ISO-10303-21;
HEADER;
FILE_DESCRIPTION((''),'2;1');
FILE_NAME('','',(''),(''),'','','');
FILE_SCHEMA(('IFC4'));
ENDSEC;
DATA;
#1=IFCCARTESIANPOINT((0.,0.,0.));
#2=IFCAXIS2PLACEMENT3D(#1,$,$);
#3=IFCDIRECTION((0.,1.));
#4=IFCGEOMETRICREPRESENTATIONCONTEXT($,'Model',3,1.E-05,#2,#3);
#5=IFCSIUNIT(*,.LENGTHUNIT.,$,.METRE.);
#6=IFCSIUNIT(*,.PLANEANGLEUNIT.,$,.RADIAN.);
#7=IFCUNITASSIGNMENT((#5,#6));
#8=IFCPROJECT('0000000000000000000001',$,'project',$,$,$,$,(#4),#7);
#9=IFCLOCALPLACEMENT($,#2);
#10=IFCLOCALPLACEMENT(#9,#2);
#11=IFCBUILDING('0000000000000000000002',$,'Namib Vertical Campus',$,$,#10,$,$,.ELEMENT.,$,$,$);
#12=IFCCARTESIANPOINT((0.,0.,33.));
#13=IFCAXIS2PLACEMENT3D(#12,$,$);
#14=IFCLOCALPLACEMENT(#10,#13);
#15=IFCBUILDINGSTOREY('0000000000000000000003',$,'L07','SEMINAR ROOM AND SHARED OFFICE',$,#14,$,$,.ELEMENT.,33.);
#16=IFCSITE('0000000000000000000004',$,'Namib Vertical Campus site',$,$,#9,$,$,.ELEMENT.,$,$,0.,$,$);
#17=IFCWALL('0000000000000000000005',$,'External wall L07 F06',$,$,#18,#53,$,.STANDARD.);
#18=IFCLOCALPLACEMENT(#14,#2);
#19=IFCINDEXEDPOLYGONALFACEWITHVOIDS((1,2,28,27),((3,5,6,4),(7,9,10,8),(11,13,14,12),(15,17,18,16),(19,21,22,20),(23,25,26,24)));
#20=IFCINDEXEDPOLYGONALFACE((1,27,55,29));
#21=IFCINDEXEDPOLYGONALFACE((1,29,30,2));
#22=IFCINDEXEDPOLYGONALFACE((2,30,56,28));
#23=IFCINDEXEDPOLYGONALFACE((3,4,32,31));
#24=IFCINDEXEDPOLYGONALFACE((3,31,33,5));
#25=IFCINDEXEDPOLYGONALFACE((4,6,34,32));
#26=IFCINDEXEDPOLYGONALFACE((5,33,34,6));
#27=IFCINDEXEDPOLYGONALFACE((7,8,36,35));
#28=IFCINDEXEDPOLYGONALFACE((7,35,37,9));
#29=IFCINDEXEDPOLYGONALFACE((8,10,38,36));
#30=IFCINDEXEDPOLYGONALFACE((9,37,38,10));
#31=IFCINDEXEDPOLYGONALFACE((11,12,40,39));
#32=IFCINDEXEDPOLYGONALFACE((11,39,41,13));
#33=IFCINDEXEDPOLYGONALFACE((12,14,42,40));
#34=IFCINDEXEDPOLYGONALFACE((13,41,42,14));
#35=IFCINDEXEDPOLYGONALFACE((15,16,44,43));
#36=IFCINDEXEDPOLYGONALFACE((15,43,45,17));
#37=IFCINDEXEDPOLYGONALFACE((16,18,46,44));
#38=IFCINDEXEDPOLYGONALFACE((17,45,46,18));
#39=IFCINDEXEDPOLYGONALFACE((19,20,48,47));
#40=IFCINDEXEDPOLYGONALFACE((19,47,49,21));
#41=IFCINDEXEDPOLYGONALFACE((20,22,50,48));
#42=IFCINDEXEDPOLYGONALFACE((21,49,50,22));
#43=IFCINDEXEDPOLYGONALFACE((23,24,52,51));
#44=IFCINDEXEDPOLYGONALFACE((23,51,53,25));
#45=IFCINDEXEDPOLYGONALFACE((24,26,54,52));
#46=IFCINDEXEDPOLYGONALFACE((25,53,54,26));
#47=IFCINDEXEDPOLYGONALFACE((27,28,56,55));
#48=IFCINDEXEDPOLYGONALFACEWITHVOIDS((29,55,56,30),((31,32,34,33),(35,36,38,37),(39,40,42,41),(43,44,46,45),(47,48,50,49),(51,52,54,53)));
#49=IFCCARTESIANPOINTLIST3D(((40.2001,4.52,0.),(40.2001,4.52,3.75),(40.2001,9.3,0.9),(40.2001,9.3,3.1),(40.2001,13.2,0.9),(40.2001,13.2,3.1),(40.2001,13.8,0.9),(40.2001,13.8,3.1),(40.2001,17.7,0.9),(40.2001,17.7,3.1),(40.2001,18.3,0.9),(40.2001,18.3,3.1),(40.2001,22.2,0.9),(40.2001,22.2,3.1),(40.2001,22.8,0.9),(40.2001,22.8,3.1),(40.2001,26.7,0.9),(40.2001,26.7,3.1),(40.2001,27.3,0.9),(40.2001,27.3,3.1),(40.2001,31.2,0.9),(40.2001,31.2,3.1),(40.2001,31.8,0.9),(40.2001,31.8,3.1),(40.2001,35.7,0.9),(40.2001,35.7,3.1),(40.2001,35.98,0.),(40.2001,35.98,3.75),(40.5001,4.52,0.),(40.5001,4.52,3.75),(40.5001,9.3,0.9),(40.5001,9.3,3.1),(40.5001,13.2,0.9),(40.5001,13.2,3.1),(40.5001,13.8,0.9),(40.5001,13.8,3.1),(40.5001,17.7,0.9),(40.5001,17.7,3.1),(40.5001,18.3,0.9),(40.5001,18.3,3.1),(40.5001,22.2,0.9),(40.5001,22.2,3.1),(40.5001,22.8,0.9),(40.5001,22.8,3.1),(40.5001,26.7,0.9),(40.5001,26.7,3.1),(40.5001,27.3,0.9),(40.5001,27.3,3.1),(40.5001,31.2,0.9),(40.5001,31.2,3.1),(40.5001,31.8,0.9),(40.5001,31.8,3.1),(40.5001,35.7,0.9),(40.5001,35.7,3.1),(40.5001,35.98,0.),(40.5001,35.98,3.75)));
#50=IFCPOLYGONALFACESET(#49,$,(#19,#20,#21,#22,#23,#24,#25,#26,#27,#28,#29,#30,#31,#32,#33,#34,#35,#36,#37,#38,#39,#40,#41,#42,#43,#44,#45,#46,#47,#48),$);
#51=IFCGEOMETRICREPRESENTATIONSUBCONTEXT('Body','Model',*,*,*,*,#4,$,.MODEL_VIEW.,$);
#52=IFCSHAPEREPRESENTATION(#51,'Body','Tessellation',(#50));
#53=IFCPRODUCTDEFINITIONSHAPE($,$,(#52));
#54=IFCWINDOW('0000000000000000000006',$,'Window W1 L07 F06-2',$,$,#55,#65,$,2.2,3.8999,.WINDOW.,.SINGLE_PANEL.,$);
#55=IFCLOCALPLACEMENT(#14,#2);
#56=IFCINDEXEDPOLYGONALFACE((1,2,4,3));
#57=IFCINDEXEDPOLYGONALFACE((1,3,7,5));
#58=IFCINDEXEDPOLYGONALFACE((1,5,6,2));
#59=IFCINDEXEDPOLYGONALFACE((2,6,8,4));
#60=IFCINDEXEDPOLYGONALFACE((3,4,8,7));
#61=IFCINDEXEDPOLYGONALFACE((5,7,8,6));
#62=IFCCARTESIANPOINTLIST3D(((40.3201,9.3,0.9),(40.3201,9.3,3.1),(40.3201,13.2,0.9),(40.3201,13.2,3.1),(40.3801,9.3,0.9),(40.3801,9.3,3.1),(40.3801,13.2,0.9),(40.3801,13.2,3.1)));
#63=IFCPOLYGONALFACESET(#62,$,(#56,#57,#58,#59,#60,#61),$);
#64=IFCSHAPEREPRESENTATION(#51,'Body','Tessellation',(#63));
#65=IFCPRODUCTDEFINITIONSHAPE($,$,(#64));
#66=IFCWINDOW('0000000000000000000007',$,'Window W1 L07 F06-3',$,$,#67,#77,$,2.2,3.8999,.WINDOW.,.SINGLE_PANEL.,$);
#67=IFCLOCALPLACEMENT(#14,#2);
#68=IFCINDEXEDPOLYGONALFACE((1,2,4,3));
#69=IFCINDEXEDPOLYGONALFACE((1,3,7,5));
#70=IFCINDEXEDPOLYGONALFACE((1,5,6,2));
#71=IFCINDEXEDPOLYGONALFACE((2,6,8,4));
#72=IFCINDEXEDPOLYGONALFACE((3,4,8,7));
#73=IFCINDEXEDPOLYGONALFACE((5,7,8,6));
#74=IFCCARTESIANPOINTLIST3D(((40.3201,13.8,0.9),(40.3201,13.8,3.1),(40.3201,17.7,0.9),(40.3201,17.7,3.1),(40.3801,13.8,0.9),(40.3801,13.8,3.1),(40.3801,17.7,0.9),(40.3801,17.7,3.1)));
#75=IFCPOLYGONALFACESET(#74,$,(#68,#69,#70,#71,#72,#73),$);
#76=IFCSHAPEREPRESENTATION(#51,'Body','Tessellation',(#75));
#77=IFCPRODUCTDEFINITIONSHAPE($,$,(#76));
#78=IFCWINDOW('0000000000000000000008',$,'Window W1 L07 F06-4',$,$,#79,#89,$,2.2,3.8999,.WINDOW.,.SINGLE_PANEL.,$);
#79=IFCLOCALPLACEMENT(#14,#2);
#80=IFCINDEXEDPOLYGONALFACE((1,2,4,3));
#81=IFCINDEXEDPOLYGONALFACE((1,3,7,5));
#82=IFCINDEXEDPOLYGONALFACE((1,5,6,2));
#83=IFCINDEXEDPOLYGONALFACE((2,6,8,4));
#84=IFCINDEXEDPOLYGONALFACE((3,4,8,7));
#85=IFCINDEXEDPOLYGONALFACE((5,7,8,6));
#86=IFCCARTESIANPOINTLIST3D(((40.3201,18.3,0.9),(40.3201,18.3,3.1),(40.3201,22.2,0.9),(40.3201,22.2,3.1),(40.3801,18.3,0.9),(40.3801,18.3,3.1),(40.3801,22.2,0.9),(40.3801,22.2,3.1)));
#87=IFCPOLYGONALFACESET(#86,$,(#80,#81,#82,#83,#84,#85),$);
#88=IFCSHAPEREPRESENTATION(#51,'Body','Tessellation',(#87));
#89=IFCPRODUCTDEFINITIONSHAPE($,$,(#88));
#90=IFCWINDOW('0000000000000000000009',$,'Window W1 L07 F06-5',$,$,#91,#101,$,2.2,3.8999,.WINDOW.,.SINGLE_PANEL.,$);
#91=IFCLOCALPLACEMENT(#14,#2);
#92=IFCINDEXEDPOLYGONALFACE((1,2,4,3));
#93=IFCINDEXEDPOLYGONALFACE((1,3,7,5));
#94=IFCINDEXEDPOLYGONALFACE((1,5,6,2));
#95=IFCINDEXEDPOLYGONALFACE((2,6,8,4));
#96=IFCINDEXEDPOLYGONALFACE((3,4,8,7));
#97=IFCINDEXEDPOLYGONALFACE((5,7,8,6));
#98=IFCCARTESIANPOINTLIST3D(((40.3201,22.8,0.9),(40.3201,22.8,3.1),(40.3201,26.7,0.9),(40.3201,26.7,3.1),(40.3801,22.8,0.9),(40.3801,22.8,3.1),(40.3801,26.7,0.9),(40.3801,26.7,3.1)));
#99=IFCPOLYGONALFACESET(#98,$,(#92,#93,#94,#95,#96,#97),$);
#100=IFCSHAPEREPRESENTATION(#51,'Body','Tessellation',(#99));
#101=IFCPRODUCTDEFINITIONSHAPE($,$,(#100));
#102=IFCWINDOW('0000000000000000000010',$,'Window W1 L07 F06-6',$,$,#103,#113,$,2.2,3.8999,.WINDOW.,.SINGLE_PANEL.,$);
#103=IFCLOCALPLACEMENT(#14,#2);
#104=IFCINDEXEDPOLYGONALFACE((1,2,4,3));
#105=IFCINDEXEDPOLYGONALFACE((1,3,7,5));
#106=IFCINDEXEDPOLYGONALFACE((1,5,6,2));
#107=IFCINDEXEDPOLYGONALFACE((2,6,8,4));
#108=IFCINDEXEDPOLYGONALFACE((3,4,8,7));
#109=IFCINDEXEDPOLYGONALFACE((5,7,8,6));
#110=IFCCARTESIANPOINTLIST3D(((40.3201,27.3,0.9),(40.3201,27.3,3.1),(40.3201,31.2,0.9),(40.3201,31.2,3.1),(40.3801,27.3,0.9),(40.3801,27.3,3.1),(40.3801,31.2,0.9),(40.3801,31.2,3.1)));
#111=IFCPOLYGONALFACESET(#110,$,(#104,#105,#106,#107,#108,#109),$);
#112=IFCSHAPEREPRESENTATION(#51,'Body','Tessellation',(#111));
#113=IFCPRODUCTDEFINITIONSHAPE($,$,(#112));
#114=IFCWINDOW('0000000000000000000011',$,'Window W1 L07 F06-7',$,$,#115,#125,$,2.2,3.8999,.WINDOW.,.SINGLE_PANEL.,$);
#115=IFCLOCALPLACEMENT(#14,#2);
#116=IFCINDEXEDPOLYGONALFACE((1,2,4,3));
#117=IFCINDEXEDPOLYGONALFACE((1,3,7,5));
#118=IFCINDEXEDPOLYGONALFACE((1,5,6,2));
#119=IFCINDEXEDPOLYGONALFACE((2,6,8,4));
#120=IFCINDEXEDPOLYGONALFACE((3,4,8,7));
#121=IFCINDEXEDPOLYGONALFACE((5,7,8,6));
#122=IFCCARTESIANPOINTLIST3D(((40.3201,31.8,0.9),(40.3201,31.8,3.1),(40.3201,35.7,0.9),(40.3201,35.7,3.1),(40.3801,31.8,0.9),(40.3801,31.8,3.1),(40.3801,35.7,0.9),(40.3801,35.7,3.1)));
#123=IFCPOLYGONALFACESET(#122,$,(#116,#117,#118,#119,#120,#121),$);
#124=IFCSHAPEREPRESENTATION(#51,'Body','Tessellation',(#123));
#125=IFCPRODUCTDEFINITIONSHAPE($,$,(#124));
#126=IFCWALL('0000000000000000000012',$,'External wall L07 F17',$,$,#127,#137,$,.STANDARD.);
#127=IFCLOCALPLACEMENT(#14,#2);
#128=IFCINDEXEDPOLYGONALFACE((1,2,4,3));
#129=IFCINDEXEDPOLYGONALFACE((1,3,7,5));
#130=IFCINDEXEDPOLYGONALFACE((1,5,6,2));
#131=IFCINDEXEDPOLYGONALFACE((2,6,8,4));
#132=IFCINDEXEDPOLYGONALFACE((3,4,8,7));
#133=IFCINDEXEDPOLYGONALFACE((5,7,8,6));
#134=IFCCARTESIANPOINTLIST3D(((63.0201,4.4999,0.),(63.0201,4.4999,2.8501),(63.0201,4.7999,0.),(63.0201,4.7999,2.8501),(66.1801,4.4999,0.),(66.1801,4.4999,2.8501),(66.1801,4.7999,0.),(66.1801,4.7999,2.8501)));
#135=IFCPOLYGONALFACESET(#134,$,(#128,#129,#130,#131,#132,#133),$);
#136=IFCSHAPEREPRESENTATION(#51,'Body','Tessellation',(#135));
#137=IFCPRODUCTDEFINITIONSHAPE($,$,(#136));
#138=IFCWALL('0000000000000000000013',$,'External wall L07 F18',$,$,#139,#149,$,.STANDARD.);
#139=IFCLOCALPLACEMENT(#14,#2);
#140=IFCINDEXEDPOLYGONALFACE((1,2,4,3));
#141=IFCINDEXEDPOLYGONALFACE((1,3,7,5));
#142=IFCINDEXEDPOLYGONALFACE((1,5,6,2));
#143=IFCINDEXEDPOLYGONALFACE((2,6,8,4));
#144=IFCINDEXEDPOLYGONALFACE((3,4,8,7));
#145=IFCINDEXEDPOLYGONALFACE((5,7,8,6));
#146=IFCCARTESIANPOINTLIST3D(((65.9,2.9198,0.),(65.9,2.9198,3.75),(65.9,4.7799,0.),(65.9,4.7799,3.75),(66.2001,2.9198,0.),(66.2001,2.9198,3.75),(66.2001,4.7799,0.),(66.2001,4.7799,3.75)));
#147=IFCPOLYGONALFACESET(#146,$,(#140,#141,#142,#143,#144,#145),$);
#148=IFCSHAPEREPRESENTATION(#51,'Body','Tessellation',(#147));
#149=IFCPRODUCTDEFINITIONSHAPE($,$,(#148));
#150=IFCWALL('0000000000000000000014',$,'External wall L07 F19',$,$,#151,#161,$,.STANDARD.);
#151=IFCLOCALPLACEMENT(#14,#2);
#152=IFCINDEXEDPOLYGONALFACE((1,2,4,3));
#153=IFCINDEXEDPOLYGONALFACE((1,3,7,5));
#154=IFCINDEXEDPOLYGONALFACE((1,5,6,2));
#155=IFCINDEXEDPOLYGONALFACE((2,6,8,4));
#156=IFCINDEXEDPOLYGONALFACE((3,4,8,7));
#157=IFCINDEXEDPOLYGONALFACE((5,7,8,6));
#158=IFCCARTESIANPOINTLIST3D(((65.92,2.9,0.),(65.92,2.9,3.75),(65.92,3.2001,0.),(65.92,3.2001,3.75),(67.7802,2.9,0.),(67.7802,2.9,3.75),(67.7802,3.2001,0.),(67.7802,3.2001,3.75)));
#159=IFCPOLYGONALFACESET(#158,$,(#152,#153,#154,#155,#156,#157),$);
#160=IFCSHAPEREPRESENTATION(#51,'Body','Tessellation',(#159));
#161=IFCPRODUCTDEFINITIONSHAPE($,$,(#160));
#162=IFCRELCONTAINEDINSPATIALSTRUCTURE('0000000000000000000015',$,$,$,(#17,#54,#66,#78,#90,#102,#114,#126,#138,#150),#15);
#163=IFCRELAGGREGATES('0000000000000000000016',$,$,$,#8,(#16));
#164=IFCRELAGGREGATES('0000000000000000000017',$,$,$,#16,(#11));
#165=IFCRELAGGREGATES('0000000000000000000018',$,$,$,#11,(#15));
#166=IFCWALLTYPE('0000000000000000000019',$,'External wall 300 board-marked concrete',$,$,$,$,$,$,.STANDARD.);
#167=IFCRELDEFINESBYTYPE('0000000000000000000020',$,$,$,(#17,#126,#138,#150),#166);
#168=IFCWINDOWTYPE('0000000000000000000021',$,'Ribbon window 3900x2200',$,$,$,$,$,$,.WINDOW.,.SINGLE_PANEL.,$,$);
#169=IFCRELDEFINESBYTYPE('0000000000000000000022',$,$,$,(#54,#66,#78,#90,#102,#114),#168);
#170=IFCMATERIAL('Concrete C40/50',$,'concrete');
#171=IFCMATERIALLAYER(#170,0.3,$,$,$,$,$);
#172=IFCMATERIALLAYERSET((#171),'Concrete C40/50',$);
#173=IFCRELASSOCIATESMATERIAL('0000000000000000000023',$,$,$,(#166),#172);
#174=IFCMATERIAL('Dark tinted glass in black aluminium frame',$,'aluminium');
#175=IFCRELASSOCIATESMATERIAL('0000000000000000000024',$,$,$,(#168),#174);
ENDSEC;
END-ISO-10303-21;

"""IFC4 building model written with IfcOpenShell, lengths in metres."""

from ifc_helpers import new_model, si_unit, direction, frame, frame_2d, origin, place, context, subcontext, project, spatial, rectangle, extrude, material, layer, layer_set, type_object, element, fill, save


model = new_model("IFC4")

# Units and contexts
model_context = context("Model", 3, precision=1e-05, world=origin(), true_north=direction((0.0, 1.0)))
body_context = subcontext(model_context, "Body", "Model", "MODEL_VIEW")
ifc_project = project(units=[si_unit("LENGTHUNIT", "METRE"), si_unit("PLANEANGLEUNIT", "RADIAN")], contexts=[model_context])

# Site, building, storey
site_placement = place(None, origin())
site = spatial("IfcSite", under=ifc_project, at=site_placement, Name="Namib Vertical Campus site", CompositionType="ELEMENT", RefElevation=0.0)
building_placement = place(site_placement, origin())
building = spatial("IfcBuilding", under=site, at=building_placement, Name="Namib Vertical Campus", CompositionType="ELEMENT")
storey_placement = place(building_placement, frame((0.0, 0.0, 33.0)))
storey = spatial("IfcBuildingStorey", under=building, at=storey_placement, Name="L07", Description="SEMINAR ROOM AND SHARED OFFICE", CompositionType="ELEMENT", Elevation=33.0)

# Shared definitions
ifc_material_1 = material(Name="Concrete C40/50", Category="concrete")
ifc_layer_1 = layer(ifc_material_1, 0.3)
ifc_layer_set_1 = layer_set([ifc_layer_1], Name="Concrete C40/50")
wall_type_1 = type_object("IfcWallType", Name="External wall 300 board-marked concrete", PredefinedType="STANDARD", material=ifc_layer_set_1)

# Wall, openings, windows
wall_1_placement = place(storey_placement, frame((40.3501, 4.52, 0.0), z_axis=(0.0, 0.0, 1.0), x_axis=(0.0, 1.0, 0.0)))
wall_1 = element("IfcWall", 1, at=wall_1_placement, inside=storey, type_object=wall_type_1, Name="External wall L07 F06", PredefinedType="STANDARD", context=body_context, shape_type="SweptSolid", body=[
    extrude(rectangle(XDim=31.46, YDim=0.3, at=frame_2d((15.73, 0.0))), origin(), (0.0, 0.0, 1.0), 3.75),
])
opening_1_placement = place(wall_1_placement, frame((4.78, 0.0, 0.8999)))
opening_1 = element("IfcOpeningElement", 2, at=opening_1_placement, cuts=wall_1, PredefinedType="OPENING", context=body_context, shape_type="SweptSolid", body=[
    extrude(rectangle(XDim=3.8999, YDim=2.2, at=frame_2d((1.95, 1.1001))), frame((0.0, 0.1599, 0.0), z_axis=(0.0, -1.0, 0.0), x_axis=(1.0, 0.0, 0.0)), (0.0, 0.0, 1.0), 0.3201),
])
opening_2_placement = place(wall_1_placement, frame((9.28, 0.0, 0.8999)))
opening_2 = element("IfcOpeningElement", 3, at=opening_2_placement, cuts=wall_1, PredefinedType="OPENING", context=body_context, shape_type="SweptSolid", body=[
    extrude(rectangle(XDim=3.8999, YDim=2.2, at=frame_2d((1.95, 1.1001))), frame((0.0, 0.1599, 0.0), z_axis=(0.0, -1.0, 0.0), x_axis=(1.0, 0.0, 0.0)), (0.0, 0.0, 1.0), 0.3201),
])
opening_3_placement = place(wall_1_placement, frame((13.78, 0.0, 0.8999)))
opening_3 = element("IfcOpeningElement", 4, at=opening_3_placement, cuts=wall_1, PredefinedType="OPENING", context=body_context, shape_type="SweptSolid", body=[
    extrude(rectangle(XDim=3.8999, YDim=2.2, at=frame_2d((1.95, 1.1001))), frame((0.0, 0.1599, 0.0), z_axis=(0.0, -1.0, 0.0), x_axis=(1.0, 0.0, 0.0)), (0.0, 0.0, 1.0), 0.3201),
])
opening_4_placement = place(wall_1_placement, frame((18.28, 0.0, 0.8999)))
opening_4 = element("IfcOpeningElement", 5, at=opening_4_placement, cuts=wall_1, PredefinedType="OPENING", context=body_context, shape_type="SweptSolid", body=[
    extrude(rectangle(XDim=3.8999, YDim=2.2, at=frame_2d((1.95, 1.1001))), frame((0.0, 0.1599, 0.0), z_axis=(0.0, -1.0, 0.0), x_axis=(1.0, 0.0, 0.0)), (0.0, 0.0, 1.0), 0.3201),
])
opening_5_placement = place(wall_1_placement, frame((22.78, 0.0, 0.8999)))
opening_5 = element("IfcOpeningElement", 6, at=opening_5_placement, cuts=wall_1, PredefinedType="OPENING", context=body_context, shape_type="SweptSolid", body=[
    extrude(rectangle(XDim=3.8999, YDim=2.2, at=frame_2d((1.95, 1.1001))), frame((0.0, 0.1599, 0.0), z_axis=(0.0, -1.0, 0.0), x_axis=(1.0, 0.0, 0.0)), (0.0, 0.0, 1.0), 0.3201),
])
opening_6_placement = place(wall_1_placement, frame((27.28, 0.0, 0.8999)))
opening_6 = element("IfcOpeningElement", 7, at=opening_6_placement, cuts=wall_1, PredefinedType="OPENING", context=body_context, shape_type="SweptSolid", body=[
    extrude(rectangle(XDim=3.8999, YDim=2.2, at=frame_2d((1.95, 1.1001))), frame((0.0, 0.1599, 0.0), z_axis=(0.0, -1.0, 0.0), x_axis=(1.0, 0.0, 0.0)), (0.0, 0.0, 1.0), 0.3201),
])
ifc_material_2 = material(Name="Dark tinted glass in black aluminium frame", Category="aluminium")
window_type = type_object("IfcWindowType", Name="Ribbon window 3900x2200", PartitioningType="SINGLE_PANEL", PredefinedType="WINDOW", material=ifc_material_2)
window_1_placement = place(opening_1_placement, origin())
window_1 = element("IfcWindow", 8, at=window_1_placement, inside=storey, type_object=window_type, Name="Window W1 L07 F06-2", OverallHeight=2.2, OverallWidth=3.8999, PartitioningType="SINGLE_PANEL", PredefinedType="WINDOW", context=body_context, shape_type="SweptSolid", body=[
    extrude(rectangle(XDim=3.8999, YDim=2.2, at=frame_2d((1.95, 1.1001))), frame((0.0, 0.03, 0.0), z_axis=(0.0, -1.0, 0.0), x_axis=(1.0, 0.0, 0.0)), (0.0, 0.0, 1.0), 0.0601),
])
fill(opening_1, window_1)
window_2_placement = place(opening_2_placement, origin())
window_2 = element("IfcWindow", 9, at=window_2_placement, inside=storey, type_object=window_type, Name="Window W1 L07 F06-3", OverallHeight=2.2, OverallWidth=3.8999, PartitioningType="SINGLE_PANEL", PredefinedType="WINDOW", context=body_context, shape_type="SweptSolid", body=[
    extrude(rectangle(XDim=3.8999, YDim=2.2, at=frame_2d((1.95, 1.1001))), frame((0.0, 0.03, 0.0), z_axis=(0.0, -1.0, 0.0), x_axis=(1.0, 0.0, 0.0)), (0.0, 0.0, 1.0), 0.0601),
])
fill(opening_2, window_2)
window_3_placement = place(opening_3_placement, origin())
window_3 = element("IfcWindow", 10, at=window_3_placement, inside=storey, type_object=window_type, Name="Window W1 L07 F06-4", OverallHeight=2.2, OverallWidth=3.8999, PartitioningType="SINGLE_PANEL", PredefinedType="WINDOW", context=body_context, shape_type="SweptSolid", body=[
    extrude(rectangle(XDim=3.8999, YDim=2.2, at=frame_2d((1.95, 1.1001))), frame((0.0, 0.03, 0.0), z_axis=(0.0, -1.0, 0.0), x_axis=(1.0, 0.0, 0.0)), (0.0, 0.0, 1.0), 0.0601),
])
fill(opening_3, window_3)
window_4_placement = place(opening_4_placement, origin())
window_4 = element("IfcWindow", 11, at=window_4_placement, inside=storey, type_object=window_type, Name="Window W1 L07 F06-5", OverallHeight=2.2, OverallWidth=3.8999, PartitioningType="SINGLE_PANEL", PredefinedType="WINDOW", context=body_context, shape_type="SweptSolid", body=[
    extrude(rectangle(XDim=3.8999, YDim=2.2, at=frame_2d((1.95, 1.1001))), frame((0.0, 0.03, 0.0), z_axis=(0.0, -1.0, 0.0), x_axis=(1.0, 0.0, 0.0)), (0.0, 0.0, 1.0), 0.0601),
])
fill(opening_4, window_4)
window_5_placement = place(opening_5_placement, origin())
window_5 = element("IfcWindow", 12, at=window_5_placement, inside=storey, type_object=window_type, Name="Window W1 L07 F06-6", OverallHeight=2.2, OverallWidth=3.8999, PartitioningType="SINGLE_PANEL", PredefinedType="WINDOW", context=body_context, shape_type="SweptSolid", body=[
    extrude(rectangle(XDim=3.8999, YDim=2.2, at=frame_2d((1.95, 1.1001))), frame((0.0, 0.03, 0.0), z_axis=(0.0, -1.0, 0.0), x_axis=(1.0, 0.0, 0.0)), (0.0, 0.0, 1.0), 0.0601),
])
fill(opening_5, window_5)
window_6_placement = place(opening_6_placement, origin())
window_6 = element("IfcWindow", 13, at=window_6_placement, inside=storey, type_object=window_type, Name="Window W1 L07 F06-7", OverallHeight=2.2, OverallWidth=3.8999, PartitioningType="SINGLE_PANEL", PredefinedType="WINDOW", context=body_context, shape_type="SweptSolid", body=[
    extrude(rectangle(XDim=3.8999, YDim=2.2, at=frame_2d((1.95, 1.1001))), frame((0.0, 0.03, 0.0), z_axis=(0.0, -1.0, 0.0), x_axis=(1.0, 0.0, 0.0)), (0.0, 0.0, 1.0), 0.0601),
])
fill(opening_6, window_6)

# Walls
wall_2_placement = place(storey_placement, frame((63.02, 4.6499, 0.0), z_axis=(0.0, 0.0, 1.0), x_axis=(1.0, 0.0, 0.0)))
element("IfcWall", 14, at=wall_2_placement, inside=storey, type_object=wall_type_1, Name="External wall L07 F17", PredefinedType="STANDARD", context=body_context, shape_type="SweptSolid", body=[
    extrude(rectangle(XDim=3.1599, YDim=0.3, at=frame_2d((1.5801, 0.0))), origin(), (0.0, 0.0, 1.0), 2.8501),
])
for number, where, z_axis, x_axis, name in (
    (15, (66.05, 4.78, 0.0), (0.0, 0.0, 1.0), (0.0, -1.0, 0.0), "External wall L07 F18"),
    (16, (65.9199, 3.05, 0.0), (0.0, 0.0, 1.0), (1.0, 0.0, 0.0), "External wall L07 F19"),
):
    element("IfcWall", number, at=place(storey_placement, frame(where, z_axis=z_axis, x_axis=x_axis)), inside=storey, type_object=wall_type_1, Name=name, PredefinedType="STANDARD", context=body_context, shape_type="SweptSolid", body=[
        extrude(rectangle(XDim=1.8601, YDim=0.3, at=frame_2d((0.9302, 0.0))), origin(), (0.0, 0.0, 1.0), 3.75),
    ])

save(model, "model.ifc")
